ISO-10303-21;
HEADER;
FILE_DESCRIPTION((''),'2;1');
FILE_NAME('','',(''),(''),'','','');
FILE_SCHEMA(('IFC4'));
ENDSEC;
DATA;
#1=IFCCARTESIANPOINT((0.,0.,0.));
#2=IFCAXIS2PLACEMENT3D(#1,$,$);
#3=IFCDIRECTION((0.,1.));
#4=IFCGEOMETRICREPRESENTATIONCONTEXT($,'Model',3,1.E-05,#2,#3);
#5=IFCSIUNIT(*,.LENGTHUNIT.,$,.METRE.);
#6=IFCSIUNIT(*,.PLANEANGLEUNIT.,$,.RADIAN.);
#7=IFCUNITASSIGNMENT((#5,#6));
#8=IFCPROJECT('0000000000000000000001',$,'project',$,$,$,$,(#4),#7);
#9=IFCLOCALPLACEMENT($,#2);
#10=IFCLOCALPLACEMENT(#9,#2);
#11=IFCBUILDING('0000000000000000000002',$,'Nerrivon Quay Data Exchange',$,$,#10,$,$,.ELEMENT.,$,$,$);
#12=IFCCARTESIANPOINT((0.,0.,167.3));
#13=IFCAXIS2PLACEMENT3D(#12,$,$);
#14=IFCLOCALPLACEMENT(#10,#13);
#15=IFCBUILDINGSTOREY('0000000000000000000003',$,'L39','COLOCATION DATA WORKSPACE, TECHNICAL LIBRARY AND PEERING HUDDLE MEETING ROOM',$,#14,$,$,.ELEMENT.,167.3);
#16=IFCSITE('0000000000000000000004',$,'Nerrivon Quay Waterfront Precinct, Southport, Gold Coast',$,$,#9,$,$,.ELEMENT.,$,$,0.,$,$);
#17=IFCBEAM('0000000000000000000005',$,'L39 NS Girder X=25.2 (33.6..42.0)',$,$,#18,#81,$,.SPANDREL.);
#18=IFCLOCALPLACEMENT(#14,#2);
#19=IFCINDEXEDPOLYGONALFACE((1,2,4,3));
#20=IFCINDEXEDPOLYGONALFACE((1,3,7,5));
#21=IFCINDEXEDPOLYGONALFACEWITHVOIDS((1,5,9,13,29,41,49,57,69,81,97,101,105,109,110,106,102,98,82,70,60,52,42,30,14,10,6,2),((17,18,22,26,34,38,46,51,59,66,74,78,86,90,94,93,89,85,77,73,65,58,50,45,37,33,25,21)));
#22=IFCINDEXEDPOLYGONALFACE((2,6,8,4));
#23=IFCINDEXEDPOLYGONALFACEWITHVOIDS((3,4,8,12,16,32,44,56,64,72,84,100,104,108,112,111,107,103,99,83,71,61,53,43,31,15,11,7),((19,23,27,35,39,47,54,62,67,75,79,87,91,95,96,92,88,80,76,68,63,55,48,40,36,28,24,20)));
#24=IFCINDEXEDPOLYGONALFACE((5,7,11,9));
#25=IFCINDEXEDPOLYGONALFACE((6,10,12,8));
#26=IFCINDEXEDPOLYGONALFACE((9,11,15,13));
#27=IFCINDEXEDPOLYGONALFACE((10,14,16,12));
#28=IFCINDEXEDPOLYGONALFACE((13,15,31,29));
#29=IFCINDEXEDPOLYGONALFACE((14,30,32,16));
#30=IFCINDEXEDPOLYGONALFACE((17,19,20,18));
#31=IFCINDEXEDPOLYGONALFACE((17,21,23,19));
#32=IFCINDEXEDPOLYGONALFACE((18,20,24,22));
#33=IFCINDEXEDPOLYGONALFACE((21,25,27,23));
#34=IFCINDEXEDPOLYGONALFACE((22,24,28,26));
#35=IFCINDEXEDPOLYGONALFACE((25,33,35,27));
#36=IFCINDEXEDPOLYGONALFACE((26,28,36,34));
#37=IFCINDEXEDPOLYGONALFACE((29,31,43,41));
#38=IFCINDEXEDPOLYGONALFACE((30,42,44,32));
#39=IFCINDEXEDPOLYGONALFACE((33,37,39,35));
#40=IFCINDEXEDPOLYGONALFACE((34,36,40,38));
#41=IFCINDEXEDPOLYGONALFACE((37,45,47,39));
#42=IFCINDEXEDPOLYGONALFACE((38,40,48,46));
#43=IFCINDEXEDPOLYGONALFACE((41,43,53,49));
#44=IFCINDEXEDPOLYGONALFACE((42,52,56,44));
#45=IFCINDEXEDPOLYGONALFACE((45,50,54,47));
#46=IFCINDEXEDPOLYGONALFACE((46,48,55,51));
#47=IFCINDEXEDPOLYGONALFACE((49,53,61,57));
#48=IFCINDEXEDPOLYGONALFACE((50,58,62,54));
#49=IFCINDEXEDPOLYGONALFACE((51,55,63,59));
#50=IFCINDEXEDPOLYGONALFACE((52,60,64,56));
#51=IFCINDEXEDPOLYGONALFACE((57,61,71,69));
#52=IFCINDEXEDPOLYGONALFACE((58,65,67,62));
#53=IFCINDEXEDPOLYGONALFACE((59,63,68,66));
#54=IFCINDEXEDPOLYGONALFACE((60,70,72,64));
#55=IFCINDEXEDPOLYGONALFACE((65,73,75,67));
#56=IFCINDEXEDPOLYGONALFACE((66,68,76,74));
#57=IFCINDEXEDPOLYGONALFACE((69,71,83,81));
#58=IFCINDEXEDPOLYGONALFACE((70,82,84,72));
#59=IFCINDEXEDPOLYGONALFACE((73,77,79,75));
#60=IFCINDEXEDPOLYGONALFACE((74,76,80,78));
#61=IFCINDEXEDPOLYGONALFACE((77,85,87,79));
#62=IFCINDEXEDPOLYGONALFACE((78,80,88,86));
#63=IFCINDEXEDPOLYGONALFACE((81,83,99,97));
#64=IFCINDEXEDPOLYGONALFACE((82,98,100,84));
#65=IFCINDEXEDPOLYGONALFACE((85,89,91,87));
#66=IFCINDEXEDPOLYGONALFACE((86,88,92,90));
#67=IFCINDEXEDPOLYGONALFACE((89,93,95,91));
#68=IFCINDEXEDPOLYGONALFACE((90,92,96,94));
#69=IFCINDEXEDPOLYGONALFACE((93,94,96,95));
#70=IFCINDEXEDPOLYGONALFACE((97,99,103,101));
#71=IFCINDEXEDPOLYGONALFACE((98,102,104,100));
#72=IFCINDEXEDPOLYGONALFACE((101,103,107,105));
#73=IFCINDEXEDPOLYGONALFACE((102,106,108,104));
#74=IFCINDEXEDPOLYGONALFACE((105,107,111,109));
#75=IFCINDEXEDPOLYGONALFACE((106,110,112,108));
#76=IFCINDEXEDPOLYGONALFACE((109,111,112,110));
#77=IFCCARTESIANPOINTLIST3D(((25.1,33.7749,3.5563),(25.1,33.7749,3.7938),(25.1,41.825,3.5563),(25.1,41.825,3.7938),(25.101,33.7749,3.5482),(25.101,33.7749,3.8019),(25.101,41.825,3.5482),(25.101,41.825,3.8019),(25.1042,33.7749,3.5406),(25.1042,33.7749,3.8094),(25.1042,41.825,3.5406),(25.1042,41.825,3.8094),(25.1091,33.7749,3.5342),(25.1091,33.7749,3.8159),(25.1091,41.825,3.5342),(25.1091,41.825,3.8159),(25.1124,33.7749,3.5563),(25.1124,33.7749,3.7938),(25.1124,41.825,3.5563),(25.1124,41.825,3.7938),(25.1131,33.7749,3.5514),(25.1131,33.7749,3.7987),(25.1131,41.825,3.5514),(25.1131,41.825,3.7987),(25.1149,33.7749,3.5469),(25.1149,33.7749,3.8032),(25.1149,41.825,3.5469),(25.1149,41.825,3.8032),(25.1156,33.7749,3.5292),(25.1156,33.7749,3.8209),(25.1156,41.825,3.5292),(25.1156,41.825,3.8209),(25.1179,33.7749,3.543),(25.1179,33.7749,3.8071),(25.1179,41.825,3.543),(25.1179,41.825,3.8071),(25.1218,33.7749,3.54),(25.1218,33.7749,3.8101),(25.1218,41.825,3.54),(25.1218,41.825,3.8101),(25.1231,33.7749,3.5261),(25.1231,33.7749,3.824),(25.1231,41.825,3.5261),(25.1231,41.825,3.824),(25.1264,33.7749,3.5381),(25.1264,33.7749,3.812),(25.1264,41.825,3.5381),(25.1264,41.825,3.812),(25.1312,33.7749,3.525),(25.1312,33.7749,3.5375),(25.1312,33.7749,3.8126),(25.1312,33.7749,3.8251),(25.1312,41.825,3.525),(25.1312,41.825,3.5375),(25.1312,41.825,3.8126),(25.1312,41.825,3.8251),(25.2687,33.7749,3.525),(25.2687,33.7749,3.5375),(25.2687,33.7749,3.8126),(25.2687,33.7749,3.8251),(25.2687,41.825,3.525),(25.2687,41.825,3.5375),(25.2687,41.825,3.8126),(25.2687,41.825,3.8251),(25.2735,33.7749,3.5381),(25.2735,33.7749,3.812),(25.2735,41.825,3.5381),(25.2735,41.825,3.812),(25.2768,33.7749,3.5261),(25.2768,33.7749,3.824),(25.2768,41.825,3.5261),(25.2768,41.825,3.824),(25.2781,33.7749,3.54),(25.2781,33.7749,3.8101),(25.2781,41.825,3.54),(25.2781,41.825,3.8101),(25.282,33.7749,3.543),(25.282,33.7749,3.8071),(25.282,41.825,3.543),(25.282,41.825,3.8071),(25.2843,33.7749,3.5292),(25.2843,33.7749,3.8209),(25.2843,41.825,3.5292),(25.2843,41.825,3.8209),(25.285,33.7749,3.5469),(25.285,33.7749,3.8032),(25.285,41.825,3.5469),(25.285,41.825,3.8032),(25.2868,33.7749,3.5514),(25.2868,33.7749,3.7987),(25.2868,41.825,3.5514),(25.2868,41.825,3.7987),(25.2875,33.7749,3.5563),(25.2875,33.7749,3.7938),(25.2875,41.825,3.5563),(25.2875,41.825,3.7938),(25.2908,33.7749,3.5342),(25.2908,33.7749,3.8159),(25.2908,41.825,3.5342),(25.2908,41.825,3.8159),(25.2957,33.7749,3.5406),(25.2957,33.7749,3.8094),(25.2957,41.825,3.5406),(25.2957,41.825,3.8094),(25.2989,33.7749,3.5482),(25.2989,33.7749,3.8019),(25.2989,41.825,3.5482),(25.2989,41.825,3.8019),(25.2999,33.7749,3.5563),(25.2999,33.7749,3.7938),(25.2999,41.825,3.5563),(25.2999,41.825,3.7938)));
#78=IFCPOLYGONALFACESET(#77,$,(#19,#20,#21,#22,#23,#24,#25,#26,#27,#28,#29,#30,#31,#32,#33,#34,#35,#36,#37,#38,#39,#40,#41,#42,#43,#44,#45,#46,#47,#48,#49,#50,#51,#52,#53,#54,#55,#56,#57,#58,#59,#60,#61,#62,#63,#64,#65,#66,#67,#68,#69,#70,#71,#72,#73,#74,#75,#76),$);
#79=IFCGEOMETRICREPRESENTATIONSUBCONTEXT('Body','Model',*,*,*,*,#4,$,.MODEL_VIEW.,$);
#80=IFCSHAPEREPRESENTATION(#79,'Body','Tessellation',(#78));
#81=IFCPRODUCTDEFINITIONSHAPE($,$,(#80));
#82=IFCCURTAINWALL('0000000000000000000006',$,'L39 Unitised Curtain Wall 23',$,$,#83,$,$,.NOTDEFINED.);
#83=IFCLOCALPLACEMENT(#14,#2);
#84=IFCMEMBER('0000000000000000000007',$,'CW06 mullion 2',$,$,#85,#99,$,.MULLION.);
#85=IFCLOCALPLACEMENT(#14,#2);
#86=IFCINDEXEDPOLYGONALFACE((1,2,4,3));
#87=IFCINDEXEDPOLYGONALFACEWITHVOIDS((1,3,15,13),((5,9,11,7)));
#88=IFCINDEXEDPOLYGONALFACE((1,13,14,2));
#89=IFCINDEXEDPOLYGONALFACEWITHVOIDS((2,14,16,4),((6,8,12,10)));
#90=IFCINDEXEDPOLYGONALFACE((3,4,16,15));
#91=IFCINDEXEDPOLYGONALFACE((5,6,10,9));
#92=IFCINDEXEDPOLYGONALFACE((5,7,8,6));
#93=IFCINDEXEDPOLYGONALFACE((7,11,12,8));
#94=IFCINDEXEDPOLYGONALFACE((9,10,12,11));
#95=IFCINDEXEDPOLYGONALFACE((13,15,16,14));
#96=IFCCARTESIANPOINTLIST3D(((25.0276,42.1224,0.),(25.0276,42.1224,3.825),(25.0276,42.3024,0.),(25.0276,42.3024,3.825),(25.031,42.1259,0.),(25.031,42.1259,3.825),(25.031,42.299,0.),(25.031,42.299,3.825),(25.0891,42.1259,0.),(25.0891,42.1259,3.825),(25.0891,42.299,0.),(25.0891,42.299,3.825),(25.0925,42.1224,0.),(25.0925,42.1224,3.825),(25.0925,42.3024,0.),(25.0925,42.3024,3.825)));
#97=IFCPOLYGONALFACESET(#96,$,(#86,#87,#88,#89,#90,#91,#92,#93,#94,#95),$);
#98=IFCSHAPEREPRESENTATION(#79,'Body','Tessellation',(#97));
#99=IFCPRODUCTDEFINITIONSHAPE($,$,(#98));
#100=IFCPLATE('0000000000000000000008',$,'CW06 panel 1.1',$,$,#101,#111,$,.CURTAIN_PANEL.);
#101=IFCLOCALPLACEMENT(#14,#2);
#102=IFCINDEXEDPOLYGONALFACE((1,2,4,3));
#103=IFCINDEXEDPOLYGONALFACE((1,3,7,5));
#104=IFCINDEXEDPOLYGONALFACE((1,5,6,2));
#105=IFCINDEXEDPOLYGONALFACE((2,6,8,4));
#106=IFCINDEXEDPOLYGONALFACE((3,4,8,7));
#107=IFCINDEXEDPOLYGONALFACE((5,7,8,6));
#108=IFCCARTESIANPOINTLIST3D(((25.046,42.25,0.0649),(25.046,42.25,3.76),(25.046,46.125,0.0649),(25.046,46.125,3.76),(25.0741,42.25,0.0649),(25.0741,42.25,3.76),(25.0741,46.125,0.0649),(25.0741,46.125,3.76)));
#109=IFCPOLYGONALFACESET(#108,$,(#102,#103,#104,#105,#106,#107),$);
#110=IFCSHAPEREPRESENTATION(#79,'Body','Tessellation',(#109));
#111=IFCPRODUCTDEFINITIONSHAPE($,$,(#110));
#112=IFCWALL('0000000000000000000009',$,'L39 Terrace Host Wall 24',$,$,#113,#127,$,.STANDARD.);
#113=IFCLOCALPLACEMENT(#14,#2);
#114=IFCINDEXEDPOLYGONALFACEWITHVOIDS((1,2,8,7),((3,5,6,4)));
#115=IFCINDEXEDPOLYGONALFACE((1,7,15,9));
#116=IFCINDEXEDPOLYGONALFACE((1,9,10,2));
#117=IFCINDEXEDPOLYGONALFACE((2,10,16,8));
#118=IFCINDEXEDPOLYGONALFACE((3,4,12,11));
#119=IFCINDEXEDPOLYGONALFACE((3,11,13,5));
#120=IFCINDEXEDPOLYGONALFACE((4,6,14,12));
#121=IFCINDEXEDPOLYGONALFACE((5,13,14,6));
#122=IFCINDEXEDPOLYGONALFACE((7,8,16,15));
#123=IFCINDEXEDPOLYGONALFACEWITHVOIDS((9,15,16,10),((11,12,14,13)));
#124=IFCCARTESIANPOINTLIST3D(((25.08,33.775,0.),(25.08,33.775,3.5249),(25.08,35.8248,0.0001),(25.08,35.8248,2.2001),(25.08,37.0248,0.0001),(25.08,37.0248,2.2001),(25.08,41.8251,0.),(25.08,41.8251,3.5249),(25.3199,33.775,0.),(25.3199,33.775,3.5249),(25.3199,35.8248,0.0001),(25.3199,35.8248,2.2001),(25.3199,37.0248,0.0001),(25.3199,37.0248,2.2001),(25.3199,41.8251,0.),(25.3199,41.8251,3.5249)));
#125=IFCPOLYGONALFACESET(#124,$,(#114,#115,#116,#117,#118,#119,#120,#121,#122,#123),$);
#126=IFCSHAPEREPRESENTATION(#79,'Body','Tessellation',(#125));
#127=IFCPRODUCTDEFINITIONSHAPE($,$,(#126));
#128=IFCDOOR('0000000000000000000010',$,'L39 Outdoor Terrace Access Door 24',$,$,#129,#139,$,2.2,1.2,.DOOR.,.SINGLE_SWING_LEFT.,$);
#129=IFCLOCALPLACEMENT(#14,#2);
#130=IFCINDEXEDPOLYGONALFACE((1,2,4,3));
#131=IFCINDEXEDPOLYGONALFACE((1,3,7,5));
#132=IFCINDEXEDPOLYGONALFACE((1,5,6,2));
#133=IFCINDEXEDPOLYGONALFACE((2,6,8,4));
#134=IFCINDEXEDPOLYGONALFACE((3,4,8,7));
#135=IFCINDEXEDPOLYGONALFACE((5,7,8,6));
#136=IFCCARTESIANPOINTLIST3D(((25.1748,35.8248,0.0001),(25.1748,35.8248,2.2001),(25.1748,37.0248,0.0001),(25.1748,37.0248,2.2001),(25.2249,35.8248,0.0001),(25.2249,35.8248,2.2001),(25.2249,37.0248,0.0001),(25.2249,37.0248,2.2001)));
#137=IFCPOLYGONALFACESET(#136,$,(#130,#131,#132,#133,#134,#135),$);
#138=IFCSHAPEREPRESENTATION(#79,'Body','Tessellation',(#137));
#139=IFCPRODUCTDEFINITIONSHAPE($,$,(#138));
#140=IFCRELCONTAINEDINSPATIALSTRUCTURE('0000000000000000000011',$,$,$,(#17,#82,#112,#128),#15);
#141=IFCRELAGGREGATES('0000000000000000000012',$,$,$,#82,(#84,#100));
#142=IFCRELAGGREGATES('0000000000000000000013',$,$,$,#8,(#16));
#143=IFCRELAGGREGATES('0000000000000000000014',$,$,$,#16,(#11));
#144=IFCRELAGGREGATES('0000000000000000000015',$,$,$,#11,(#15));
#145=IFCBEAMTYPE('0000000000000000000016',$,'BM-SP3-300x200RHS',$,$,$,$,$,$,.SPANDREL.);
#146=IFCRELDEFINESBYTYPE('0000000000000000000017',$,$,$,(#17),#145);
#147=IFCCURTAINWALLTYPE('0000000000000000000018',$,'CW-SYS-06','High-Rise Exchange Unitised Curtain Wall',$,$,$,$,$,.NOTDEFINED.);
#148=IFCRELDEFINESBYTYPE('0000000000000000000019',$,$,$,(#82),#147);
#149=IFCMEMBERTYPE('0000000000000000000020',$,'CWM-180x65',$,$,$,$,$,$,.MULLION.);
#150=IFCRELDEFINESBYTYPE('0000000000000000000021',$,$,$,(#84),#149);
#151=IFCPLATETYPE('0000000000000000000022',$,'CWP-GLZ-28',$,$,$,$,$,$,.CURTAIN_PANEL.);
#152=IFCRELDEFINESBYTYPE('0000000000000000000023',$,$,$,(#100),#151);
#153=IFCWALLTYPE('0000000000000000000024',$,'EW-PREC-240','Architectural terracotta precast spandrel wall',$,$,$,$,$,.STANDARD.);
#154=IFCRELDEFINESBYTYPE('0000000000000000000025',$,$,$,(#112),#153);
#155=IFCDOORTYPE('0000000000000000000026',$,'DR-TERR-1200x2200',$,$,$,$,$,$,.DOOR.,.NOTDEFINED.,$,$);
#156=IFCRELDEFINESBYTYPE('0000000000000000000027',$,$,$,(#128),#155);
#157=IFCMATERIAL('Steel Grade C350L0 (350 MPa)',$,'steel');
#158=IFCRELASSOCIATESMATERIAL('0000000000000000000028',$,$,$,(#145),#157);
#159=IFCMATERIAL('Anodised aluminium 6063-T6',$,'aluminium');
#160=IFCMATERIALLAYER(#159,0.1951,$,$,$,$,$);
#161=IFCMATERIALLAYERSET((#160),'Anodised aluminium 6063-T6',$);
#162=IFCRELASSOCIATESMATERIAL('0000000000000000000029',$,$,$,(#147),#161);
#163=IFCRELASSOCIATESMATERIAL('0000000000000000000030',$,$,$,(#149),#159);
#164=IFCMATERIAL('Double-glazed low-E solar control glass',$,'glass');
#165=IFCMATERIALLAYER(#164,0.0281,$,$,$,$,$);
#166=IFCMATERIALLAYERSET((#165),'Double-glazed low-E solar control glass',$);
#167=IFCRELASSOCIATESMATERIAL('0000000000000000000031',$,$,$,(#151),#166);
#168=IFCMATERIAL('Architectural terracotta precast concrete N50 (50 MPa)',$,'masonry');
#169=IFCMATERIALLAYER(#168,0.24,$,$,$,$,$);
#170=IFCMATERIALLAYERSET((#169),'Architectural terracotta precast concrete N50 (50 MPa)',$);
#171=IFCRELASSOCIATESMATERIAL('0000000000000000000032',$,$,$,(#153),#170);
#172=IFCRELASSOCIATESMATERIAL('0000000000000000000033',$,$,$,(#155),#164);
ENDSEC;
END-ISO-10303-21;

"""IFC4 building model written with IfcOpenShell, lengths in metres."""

from ifc_helpers import new_model, si_unit, direction, frame, frame_2d, origin, origin_2d, place, context, subcontext, project, spatial, rectangle, hollow_rectangle, extrude, material, layer, layer_set, material_profile, profile_set, type_object, element, fill, aggregate, save


model = new_model("IFC4")

# Units and contexts
model_context = context("Model", 3, precision=1e-05, world=origin(), true_north=direction((0.0, 1.0)))
body_context = subcontext(model_context, "Body", "Model", "MODEL_VIEW")
ifc_project = project(units=[si_unit("LENGTHUNIT", "METRE"), si_unit("PLANEANGLEUNIT", "RADIAN")], contexts=[model_context])

# Site, building, storey
site_placement = place(None, origin())
site = spatial("IfcSite", under=ifc_project, at=site_placement, Name="Nerrivon Quay Waterfront Precinct, Southport, Gold Coast", CompositionType="ELEMENT", RefElevation=0.0)
building_placement = place(site_placement, origin())
building = spatial("IfcBuilding", under=site, at=building_placement, Name="Nerrivon Quay Data Exchange", CompositionType="ELEMENT")
storey_placement = place(building_placement, frame((0.0, 0.0, 167.3)))
storey = spatial("IfcBuildingStorey", under=building, at=storey_placement, Name="L39", Description="COLOCATION DATA WORKSPACE, TECHNICAL LIBRARY AND PEERING HUDDLE MEETING ROOM", CompositionType="ELEMENT", Elevation=167.3)

# Beam
ifc_material_1 = material(Name="Steel Grade C350L0 (350 MPa)", Category="steel")
ifc_material_profile_1 = material_profile(ifc_material_1, hollow_rectangle(XDim=0.2, YDim=0.3, WallThickness=0.0125, InnerFilletRadius=0.0188, OuterFilletRadius=0.0312, at=origin_2d()), Name="300x200x12.5RHS")
ifc_profile_set_1 = profile_set([ifc_material_profile_1], Name="Steel Grade C350L0 (350 MPa)")
beam_type_1 = type_object("IfcBeamType", Name="BM-SP3-300x200RHS", PredefinedType="SPANDREL", material=ifc_profile_set_1)
beam_1_placement = place(storey_placement, frame((25.2, 33.7749, 3.675), z_axis=(0.0, 1.0, 0.0), x_axis=(-1.0, 0.0, 0.0)))
element("IfcBeam", 1, at=beam_1_placement, inside=storey, type_object=beam_type_1, Name="L39 NS Girder X=25.2 (33.6..42.0)", PredefinedType="SPANDREL", context=body_context, shape_type="SweptSolid", body=[
    extrude(hollow_rectangle(XDim=0.2, YDim=0.3, WallThickness=0.0125, InnerFilletRadius=0.0188, OuterFilletRadius=0.0312, at=origin_2d()), origin(), (0.0, 0.0, 1.0), 8.05),
])

# Curtain wall, member, plate
ifc_material_2 = material(Name="Anodised aluminium 6063-T6", Category="aluminium")
ifc_layer_1 = layer(ifc_material_2, 0.1951)
ifc_layer_set_1 = layer_set([ifc_layer_1], Name="Anodised aluminium 6063-T6")
curtain_wall_type = type_object("IfcCurtainWallType", Name="CW-SYS-06", Description="High-Rise Exchange Unitised Curtain Wall", PredefinedType="NOTDEFINED", material=ifc_layer_set_1)
curtain_wall_placement = place(storey_placement, origin())
curtain_wall = element("IfcCurtainWall", 2, at=curtain_wall_placement, inside=storey, type_object=curtain_wall_type, Name="L39 Unitised Curtain Wall 23", PredefinedType="NOTDEFINED")
ifc_material_profile_2 = material_profile(ifc_material_2, hollow_rectangle(XDim=0.0649, YDim=0.1799, WallThickness=0.0034, at=origin_2d()), Name="ALU-MULL-180x65")
ifc_profile_set_2 = profile_set([ifc_material_profile_2], Name="Anodised aluminium 6063-T6")
member_type = type_object("IfcMemberType", Name="CWM-180x65", PredefinedType="MULLION", material=ifc_profile_set_2)
member_placement = place(storey_placement, frame((25.0601, 42.2124, 0.0), z_axis=(0.0, 0.0, 1.0), x_axis=(1.0, 0.0, 0.0)))
member = element("IfcMember", 3, at=member_placement, type_object=member_type, Name="CW06 mullion 2", PredefinedType="MULLION", context=body_context, shape_type="SweptSolid", body=[
    extrude(hollow_rectangle(XDim=0.0649, YDim=0.1799, WallThickness=0.0034, at=origin_2d()), origin(), (0.0, 0.0, 1.0), 3.825),
])
ifc_material_3 = material(Name="Double-glazed low-E solar control glass", Category="glass")
ifc_layer_2 = layer(ifc_material_3, 0.0281)
ifc_layer_set_2 = layer_set([ifc_layer_2], Name="Double-glazed low-E solar control glass")
plate_type = type_object("IfcPlateType", Name="CWP-GLZ-28", PredefinedType="CURTAIN_PANEL", material=ifc_layer_set_2)
plate_placement = place(storey_placement, frame((25.0601, 44.1875, 0.0649), z_axis=(0.0, 0.0, 1.0), x_axis=(0.0, -1.0, 0.0)))
plate = element("IfcPlate", 4, at=plate_placement, type_object=plate_type, Name="CW06 panel 1.1", PredefinedType="CURTAIN_PANEL", context=body_context, shape_type="SweptSolid", body=[
    extrude(rectangle(XDim=3.875, YDim=0.0281, at=origin_2d()), origin(), (0.0, 0.0, 1.0), 3.6951),
])
aggregate(curtain_wall, [member, plate])

# Wall, opening, door
ifc_material_4 = material(Name="Architectural terracotta precast concrete N50 (50 MPa)", Category="masonry")
ifc_layer_3 = layer(ifc_material_4, 0.24)
ifc_layer_set_3 = layer_set([ifc_layer_3], Name="Architectural terracotta precast concrete N50 (50 MPa)")
wall_type_1 = type_object("IfcWallType", Name="EW-PREC-240", Description="Architectural terracotta precast spandrel wall", PredefinedType="STANDARD", material=ifc_layer_set_3)
wall_1_placement = place(storey_placement, frame((25.2, 41.825, 0.0), z_axis=(0.0, 0.0, 1.0), x_axis=(0.0, -1.0, 0.0)))
wall_1 = element("IfcWall", 5, at=wall_1_placement, inside=storey, type_object=wall_type_1, Name="L39 Terrace Host Wall 24", PredefinedType="STANDARD", context=body_context, shape_type="SweptSolid", body=[
    extrude(rectangle(XDim=8.05, YDim=0.24, at=frame_2d((4.0249, 0.0))), origin(), (0.0, 0.0, 1.0), 3.5249),
])
opening_1_placement = place(wall_1_placement, frame((4.8, 0.0, 0.0)))
opening_1 = element("IfcOpeningElement", 6, at=opening_1_placement, cuts=wall_1, PredefinedType="OPENING", context=body_context, shape_type="SweptSolid", body=[
    extrude(rectangle(XDim=1.2, YDim=2.2, at=frame_2d((0.6001, 1.1001))), frame((0.0, 0.1299, 0.0), z_axis=(0.0, -1.0, 0.0), x_axis=(1.0, 0.0, 0.0)), (0.0, 0.0, 1.0), 0.26),
])
door_type_1 = type_object("IfcDoorType", Name="DR-TERR-1200x2200", OperationType="NOTDEFINED", PredefinedType="DOOR", material=ifc_material_3)
door_1_placement = place(opening_1_placement, origin())
door_1 = element("IfcDoor", 7, at=door_1_placement, inside=storey, type_object=door_type_1, Name="L39 Outdoor Terrace Access Door 24", OperationType="SINGLE_SWING_LEFT", OverallHeight=2.2, OverallWidth=1.2, PredefinedType="DOOR", context=body_context, shape_type="SweptSolid", body=[
    extrude(rectangle(XDim=1.2, YDim=2.2, at=frame_2d((0.6001, 1.1001))), frame((0.0, 0.0249, 0.0), z_axis=(0.0, -1.0, 0.0), x_axis=(1.0, 0.0, 0.0)), (0.0, 0.0, 1.0), 0.05),
])
fill(opening_1, door_1)

save(model, "model.ifc")
